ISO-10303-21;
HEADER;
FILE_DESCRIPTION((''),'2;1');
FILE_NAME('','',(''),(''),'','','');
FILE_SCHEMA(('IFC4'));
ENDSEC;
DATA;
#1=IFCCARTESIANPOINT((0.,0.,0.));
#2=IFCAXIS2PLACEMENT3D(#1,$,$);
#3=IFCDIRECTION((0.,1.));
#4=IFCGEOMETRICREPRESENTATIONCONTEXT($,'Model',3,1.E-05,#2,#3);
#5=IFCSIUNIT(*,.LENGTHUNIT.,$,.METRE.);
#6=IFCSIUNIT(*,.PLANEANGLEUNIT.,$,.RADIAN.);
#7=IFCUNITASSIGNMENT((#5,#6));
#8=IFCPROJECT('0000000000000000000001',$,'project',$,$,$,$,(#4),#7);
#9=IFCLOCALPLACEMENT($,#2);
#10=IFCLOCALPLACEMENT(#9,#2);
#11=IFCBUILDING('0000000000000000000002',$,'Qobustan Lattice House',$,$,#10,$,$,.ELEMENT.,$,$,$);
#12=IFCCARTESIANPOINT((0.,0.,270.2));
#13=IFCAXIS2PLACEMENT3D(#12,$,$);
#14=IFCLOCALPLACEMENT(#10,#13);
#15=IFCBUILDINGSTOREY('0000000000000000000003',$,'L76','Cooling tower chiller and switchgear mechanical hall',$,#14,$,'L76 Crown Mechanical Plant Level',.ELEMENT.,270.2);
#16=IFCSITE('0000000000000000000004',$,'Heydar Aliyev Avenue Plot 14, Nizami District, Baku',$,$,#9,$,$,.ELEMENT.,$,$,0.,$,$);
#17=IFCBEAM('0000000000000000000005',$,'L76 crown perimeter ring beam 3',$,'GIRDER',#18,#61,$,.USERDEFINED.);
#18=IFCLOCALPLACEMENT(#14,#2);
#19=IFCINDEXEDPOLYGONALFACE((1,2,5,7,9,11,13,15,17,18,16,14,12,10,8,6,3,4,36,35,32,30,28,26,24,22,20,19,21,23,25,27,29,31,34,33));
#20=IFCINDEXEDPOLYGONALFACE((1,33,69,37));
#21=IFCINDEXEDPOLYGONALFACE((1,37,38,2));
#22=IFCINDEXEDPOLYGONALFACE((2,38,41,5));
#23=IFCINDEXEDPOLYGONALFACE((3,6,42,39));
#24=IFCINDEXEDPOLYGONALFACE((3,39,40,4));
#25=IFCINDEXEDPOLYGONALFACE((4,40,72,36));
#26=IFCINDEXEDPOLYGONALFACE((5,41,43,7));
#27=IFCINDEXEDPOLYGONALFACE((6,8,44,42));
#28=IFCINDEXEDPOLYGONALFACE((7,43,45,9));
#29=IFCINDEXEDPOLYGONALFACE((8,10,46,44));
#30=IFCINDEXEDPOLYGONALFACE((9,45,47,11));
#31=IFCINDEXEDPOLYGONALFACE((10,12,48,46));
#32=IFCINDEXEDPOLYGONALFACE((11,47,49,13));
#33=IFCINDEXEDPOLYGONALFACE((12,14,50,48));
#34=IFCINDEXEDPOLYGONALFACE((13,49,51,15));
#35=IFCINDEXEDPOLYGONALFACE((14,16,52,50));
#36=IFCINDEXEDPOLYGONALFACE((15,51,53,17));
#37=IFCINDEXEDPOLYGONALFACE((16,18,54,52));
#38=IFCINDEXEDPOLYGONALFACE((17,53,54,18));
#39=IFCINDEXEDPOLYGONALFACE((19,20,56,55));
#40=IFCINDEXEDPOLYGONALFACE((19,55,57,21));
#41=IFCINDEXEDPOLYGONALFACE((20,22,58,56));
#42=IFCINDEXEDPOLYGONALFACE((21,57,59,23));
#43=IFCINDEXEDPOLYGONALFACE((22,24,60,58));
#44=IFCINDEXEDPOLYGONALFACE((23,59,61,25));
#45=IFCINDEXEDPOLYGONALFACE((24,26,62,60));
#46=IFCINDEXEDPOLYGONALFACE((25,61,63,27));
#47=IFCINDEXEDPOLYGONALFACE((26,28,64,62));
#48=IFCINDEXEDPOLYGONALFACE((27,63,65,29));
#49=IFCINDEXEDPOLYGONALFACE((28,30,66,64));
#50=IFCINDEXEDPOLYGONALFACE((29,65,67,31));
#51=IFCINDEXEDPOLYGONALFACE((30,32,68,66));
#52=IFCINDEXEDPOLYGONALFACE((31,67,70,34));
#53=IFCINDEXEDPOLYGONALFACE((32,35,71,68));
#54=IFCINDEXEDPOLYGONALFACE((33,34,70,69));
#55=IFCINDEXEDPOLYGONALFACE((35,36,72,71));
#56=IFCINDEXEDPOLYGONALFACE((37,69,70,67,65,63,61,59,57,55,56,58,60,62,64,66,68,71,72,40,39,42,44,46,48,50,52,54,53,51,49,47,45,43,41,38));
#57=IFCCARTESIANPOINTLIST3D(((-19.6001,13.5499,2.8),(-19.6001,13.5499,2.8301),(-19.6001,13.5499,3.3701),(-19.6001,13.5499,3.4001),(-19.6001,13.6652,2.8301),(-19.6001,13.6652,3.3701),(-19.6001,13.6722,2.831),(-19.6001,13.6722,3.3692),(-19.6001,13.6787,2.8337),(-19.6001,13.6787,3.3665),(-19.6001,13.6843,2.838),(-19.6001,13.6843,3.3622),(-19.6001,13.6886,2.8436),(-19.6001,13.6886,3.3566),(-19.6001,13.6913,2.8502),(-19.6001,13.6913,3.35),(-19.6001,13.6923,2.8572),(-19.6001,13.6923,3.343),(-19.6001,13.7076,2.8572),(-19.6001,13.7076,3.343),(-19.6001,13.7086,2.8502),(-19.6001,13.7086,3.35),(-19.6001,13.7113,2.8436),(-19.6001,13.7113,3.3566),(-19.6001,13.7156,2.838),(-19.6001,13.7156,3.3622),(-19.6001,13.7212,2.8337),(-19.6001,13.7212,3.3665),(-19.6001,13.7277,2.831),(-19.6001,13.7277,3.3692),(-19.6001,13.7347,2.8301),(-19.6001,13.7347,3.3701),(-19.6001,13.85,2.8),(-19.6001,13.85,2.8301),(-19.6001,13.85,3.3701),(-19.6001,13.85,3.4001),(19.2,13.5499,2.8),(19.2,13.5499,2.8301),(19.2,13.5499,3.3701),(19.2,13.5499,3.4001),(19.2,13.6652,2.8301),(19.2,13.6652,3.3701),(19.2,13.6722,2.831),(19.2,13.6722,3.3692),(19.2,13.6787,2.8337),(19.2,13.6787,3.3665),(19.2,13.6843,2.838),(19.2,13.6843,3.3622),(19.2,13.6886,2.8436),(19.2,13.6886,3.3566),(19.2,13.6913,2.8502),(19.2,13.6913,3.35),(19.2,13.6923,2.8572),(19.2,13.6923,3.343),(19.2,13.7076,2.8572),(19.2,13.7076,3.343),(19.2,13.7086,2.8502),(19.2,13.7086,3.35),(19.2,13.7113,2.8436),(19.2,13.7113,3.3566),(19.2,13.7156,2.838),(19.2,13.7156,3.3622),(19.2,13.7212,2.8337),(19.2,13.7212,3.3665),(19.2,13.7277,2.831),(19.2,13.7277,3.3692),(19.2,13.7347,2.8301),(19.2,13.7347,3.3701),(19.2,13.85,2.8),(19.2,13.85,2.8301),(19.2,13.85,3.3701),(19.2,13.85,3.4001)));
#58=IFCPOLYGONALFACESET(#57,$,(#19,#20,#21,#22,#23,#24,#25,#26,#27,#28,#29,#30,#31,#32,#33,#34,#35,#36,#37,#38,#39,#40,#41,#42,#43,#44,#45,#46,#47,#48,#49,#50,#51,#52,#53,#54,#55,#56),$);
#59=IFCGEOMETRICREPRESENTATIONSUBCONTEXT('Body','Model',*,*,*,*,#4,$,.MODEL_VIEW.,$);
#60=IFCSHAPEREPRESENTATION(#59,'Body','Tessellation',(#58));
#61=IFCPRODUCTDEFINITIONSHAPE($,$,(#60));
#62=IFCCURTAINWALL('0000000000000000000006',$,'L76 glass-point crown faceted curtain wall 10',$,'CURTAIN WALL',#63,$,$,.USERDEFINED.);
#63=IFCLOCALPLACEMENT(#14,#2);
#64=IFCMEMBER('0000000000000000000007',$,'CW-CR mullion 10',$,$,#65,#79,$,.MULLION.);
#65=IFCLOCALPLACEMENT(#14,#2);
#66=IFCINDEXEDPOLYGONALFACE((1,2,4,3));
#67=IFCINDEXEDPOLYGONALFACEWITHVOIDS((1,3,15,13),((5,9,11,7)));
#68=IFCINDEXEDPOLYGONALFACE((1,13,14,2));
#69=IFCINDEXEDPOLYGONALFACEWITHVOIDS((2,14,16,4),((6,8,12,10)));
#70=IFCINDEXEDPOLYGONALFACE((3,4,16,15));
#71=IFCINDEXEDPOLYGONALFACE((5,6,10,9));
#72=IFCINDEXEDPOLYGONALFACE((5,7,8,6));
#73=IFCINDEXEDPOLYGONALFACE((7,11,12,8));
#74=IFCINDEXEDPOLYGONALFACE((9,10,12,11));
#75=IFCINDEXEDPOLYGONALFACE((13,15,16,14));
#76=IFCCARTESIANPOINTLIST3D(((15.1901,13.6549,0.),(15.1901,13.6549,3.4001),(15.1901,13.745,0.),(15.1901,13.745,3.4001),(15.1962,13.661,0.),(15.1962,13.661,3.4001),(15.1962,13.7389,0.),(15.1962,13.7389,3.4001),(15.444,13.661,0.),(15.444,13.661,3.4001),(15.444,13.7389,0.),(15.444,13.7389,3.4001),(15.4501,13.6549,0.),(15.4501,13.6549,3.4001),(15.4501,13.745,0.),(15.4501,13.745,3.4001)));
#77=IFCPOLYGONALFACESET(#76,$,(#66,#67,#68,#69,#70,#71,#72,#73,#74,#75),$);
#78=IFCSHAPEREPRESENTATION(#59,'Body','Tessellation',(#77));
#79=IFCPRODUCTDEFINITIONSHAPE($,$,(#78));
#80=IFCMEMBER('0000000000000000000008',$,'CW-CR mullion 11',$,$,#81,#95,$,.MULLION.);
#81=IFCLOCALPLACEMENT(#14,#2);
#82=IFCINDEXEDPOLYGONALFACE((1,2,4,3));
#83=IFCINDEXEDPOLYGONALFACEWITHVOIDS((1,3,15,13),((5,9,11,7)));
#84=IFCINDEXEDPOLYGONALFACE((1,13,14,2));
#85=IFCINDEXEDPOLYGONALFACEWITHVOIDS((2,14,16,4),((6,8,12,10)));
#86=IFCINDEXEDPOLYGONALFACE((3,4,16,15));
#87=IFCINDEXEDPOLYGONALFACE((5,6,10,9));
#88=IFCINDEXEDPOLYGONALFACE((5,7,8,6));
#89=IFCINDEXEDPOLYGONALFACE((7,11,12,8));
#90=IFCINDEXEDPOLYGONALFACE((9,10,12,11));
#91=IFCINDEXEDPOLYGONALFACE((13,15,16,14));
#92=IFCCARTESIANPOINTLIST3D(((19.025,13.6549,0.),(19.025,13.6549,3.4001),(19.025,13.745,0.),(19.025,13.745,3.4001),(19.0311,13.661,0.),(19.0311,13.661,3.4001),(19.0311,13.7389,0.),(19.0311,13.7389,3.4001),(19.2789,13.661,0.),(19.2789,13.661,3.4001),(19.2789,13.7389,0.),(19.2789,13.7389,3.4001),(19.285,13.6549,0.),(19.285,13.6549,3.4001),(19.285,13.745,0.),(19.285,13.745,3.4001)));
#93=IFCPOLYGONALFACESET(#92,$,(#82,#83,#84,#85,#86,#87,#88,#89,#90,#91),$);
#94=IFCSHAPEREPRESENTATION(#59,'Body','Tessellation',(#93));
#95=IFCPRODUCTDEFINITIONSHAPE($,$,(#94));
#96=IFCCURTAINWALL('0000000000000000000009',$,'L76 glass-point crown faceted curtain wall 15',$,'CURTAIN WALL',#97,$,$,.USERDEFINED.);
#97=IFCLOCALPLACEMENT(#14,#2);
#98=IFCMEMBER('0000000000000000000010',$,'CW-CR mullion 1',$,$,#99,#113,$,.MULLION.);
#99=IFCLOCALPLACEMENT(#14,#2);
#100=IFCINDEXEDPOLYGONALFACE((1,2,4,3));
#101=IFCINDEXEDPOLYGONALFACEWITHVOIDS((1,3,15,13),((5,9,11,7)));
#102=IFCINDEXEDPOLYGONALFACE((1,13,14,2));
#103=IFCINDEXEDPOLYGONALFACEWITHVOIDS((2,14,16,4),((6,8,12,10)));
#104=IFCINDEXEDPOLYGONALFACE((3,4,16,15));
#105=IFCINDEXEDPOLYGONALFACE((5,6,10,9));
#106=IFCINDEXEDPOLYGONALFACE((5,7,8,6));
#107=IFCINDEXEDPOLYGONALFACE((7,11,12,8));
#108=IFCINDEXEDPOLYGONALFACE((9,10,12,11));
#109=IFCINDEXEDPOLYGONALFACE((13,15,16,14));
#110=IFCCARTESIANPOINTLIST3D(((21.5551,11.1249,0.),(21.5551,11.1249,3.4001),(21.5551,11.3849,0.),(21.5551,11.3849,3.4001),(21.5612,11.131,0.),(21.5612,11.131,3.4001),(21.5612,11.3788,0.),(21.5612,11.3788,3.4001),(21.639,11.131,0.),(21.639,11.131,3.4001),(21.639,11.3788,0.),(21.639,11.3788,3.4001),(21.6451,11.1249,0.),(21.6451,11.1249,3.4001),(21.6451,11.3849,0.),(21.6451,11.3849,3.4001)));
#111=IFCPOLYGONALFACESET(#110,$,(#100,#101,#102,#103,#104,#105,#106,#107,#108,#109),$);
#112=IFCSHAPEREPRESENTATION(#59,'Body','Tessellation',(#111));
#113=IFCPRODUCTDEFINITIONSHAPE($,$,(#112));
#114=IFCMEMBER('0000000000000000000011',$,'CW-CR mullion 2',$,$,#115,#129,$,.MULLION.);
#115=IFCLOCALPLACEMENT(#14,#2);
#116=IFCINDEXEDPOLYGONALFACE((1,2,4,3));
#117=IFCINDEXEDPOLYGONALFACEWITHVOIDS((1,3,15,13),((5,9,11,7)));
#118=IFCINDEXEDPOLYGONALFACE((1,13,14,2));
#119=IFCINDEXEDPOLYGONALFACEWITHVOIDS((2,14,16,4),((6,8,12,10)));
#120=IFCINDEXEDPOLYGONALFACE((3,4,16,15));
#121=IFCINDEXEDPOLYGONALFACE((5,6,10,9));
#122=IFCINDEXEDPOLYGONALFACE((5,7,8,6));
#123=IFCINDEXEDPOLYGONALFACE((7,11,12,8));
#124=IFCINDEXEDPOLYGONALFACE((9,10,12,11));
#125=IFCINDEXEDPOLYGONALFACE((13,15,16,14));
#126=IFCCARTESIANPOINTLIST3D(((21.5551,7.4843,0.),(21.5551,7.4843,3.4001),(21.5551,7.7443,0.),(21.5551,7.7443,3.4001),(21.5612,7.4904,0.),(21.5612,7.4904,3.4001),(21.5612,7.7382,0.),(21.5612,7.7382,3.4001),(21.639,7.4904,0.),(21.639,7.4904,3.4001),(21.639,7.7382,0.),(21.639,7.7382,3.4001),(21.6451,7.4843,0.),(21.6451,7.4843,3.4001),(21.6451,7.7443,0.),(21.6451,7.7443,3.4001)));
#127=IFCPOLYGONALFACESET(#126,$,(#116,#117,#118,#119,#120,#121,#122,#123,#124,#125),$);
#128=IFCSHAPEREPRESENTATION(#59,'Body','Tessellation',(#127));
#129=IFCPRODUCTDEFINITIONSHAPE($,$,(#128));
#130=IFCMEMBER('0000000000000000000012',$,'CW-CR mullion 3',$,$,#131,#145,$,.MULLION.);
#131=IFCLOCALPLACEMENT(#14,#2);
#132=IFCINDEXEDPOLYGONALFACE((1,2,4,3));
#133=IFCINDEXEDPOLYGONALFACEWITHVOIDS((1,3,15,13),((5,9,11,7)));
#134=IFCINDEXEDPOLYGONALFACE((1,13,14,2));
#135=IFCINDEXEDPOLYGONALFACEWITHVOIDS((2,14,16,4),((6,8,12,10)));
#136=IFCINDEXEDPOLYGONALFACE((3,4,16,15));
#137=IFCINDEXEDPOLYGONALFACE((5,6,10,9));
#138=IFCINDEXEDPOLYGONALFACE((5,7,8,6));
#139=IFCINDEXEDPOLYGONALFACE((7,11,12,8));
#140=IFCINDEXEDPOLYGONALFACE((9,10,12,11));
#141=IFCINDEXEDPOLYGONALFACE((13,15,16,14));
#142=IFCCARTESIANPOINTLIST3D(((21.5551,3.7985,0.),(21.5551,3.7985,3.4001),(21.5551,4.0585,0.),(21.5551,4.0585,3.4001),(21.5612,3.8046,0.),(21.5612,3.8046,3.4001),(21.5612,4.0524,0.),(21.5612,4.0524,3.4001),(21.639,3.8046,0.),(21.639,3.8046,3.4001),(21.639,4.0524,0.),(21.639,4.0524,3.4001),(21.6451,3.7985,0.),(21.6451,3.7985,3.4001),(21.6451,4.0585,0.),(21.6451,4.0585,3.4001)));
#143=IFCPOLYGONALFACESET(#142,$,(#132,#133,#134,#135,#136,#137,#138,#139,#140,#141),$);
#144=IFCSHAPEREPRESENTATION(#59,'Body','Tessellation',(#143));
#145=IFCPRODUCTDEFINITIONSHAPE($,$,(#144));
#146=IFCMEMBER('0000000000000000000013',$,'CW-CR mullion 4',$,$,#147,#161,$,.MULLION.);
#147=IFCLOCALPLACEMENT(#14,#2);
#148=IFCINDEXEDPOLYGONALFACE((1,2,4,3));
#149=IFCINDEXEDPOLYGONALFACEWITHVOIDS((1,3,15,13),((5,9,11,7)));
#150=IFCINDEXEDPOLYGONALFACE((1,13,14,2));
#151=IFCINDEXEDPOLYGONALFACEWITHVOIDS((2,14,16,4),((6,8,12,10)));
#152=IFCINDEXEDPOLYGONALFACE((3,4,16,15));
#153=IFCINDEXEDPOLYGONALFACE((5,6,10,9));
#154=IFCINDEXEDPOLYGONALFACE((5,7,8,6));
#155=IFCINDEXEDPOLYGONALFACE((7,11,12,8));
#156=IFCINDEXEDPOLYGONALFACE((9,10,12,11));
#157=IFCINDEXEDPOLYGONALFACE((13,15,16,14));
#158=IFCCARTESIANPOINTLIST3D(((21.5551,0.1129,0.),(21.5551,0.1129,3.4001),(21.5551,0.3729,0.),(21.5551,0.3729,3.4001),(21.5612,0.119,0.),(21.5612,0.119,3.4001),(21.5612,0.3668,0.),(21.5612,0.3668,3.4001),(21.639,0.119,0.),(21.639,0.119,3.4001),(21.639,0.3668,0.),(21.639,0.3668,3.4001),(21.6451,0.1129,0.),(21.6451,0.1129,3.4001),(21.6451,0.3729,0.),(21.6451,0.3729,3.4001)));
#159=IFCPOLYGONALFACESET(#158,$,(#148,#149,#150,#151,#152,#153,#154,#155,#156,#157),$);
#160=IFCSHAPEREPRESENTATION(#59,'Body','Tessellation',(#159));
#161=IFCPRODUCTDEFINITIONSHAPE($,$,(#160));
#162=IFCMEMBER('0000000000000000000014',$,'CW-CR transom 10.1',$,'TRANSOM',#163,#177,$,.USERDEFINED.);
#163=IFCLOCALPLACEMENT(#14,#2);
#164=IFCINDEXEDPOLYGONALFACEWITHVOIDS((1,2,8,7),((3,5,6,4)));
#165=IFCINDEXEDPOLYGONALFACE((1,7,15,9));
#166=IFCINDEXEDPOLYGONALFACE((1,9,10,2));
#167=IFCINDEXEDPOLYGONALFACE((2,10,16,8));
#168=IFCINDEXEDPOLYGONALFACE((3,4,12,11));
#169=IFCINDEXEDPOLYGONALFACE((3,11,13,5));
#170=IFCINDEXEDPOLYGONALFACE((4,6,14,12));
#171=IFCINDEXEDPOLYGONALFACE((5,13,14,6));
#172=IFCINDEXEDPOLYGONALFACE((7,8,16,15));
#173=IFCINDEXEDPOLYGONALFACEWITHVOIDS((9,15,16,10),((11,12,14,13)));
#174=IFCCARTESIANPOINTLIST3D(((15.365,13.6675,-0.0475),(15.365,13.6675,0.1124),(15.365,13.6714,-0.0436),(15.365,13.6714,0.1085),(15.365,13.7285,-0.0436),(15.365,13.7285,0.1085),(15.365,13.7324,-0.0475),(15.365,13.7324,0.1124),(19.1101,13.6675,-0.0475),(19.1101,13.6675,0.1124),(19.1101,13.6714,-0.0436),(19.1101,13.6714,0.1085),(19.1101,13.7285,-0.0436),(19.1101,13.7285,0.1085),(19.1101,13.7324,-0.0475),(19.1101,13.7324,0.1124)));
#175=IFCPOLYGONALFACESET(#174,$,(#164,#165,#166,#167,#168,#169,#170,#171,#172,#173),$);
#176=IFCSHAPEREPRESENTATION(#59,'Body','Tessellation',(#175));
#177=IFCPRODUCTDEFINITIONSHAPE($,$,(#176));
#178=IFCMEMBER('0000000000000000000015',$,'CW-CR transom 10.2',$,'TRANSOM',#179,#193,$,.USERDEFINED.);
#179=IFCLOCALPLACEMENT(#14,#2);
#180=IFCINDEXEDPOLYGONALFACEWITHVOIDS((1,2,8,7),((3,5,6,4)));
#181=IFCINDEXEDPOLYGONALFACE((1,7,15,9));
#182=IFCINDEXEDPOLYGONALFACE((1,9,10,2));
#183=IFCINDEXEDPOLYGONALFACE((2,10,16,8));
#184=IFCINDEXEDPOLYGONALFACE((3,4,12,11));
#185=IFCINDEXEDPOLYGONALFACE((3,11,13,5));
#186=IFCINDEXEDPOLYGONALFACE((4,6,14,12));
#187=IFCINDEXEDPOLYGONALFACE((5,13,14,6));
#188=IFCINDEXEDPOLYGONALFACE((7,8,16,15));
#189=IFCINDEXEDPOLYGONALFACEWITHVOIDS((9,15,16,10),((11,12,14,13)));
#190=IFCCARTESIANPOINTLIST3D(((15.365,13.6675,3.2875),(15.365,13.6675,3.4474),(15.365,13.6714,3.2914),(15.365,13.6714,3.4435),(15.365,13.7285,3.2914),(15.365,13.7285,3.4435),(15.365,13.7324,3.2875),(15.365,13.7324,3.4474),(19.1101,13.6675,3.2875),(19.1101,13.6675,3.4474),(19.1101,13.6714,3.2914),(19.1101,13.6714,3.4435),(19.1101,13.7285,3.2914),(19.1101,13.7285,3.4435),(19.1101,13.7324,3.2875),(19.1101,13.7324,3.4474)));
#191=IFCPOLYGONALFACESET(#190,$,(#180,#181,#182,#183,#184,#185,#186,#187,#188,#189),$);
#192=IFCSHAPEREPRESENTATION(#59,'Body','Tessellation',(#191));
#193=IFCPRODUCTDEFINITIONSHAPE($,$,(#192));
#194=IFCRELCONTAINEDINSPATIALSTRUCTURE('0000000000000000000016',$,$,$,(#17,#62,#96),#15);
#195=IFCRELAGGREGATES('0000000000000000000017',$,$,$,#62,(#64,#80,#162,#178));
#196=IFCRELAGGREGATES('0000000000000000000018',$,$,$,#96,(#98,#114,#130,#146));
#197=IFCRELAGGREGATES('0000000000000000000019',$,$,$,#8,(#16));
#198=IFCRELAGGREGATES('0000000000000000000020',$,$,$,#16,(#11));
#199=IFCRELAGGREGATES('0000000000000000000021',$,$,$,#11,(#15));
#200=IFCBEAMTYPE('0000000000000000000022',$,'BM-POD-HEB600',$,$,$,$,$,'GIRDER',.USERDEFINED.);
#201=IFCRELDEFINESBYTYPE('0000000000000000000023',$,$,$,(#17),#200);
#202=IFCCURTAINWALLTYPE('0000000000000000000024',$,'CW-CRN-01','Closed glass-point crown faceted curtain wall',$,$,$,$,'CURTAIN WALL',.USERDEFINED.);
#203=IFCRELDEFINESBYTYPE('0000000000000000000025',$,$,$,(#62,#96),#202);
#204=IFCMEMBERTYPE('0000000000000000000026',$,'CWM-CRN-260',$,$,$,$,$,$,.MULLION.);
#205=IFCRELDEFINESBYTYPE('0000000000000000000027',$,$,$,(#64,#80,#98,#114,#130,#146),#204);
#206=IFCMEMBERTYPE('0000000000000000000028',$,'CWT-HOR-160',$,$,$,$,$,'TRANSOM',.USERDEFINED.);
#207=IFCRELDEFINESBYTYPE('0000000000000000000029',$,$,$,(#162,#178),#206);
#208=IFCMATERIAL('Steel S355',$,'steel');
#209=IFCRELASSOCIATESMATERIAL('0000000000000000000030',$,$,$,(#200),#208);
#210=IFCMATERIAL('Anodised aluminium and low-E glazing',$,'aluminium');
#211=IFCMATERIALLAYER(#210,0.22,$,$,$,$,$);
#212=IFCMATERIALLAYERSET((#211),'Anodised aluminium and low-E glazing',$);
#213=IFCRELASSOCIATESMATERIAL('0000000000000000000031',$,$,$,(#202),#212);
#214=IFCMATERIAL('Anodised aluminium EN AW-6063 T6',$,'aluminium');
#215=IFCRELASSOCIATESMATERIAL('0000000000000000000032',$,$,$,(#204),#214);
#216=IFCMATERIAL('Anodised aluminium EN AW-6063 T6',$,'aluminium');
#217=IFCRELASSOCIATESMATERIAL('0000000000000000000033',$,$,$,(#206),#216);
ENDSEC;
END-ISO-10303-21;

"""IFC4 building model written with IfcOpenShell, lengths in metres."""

from ifc_helpers import new_model, si_unit, direction, frame, origin, origin_2d, place, context, subcontext, project, spatial, hollow_rectangle, i_section, extrude, material, layer, layer_set, material_profile, profile_set, type_object, element, aggregate, save


model = new_model("IFC4")

# Units and contexts
model_context = context("Model", 3, precision=1e-05, world=origin(), true_north=direction((0.0, 1.0)))
body_context = subcontext(model_context, "Body", "Model", "MODEL_VIEW")
ifc_project = project(units=[si_unit("LENGTHUNIT", "METRE"), si_unit("PLANEANGLEUNIT", "RADIAN")], contexts=[model_context])

# Site, building, storey
site_placement = place(None, origin())
site = spatial("IfcSite", under=ifc_project, at=site_placement, Name="Heydar Aliyev Avenue Plot 14, Nizami District, Baku", CompositionType="ELEMENT", RefElevation=0.0)
building_placement = place(site_placement, origin())
building = spatial("IfcBuilding", under=site, at=building_placement, Name="Qobustan Lattice House", CompositionType="ELEMENT")
storey_placement = place(building_placement, frame((0.0, 0.0, 270.2)))
storey = spatial("IfcBuildingStorey", under=building, at=storey_placement, Name="L76", Description="Cooling tower chiller and switchgear mechanical hall", LongName="L76 Crown Mechanical Plant Level", CompositionType="ELEMENT", Elevation=270.2)

# Beam
ifc_material_1 = material(Name="Steel S355", Category="steel")
ifc_material_profile_1 = material_profile(ifc_material_1, i_section(OverallWidth=0.3, OverallDepth=0.6001, WebThickness=0.0154, FlangeThickness=0.03, FilletRadius=0.0271, at=origin_2d()), Name="HEB600")
ifc_profile_set_1 = profile_set([ifc_material_profile_1], Name="Steel S355")
beam_type = type_object("IfcBeamType", Name="BM-POD-HEB600", ElementType="GIRDER", PredefinedType="USERDEFINED", material=ifc_profile_set_1)
beam_placement = place(storey_placement, frame((19.2, 13.7, 3.1001), z_axis=(-1.0, 0.0, 0.0), x_axis=(0.0, -1.0, 0.0)))
element("IfcBeam", 1, at=beam_placement, inside=storey, type_object=beam_type, Name="L76 crown perimeter ring beam 3", ObjectType="GIRDER", PredefinedType="USERDEFINED", context=body_context, shape_type="SweptSolid", body=[
    extrude(i_section(OverallWidth=0.3, OverallDepth=0.6001, WebThickness=0.0154, FlangeThickness=0.03, FilletRadius=0.0271, at=origin_2d()), origin(), (0.0, 0.0, 1.0), 38.8),
])

# Curtain walls, members
ifc_material_2 = material(Name="Anodised aluminium and low-E glazing", Category="aluminium")
ifc_layer_1 = layer(ifc_material_2, 0.22)
ifc_layer_set_1 = layer_set([ifc_layer_1], Name="Anodised aluminium and low-E glazing")
curtain_wall_type = type_object("IfcCurtainWallType", Name="CW-CRN-01", Description="Closed glass-point crown faceted curtain wall", ElementType="CURTAIN WALL", PredefinedType="USERDEFINED", material=ifc_layer_set_1)
curtain_wall_1_placement = place(storey_placement, origin())
curtain_wall_1 = element("IfcCurtainWall", 2, at=curtain_wall_1_placement, inside=storey, type_object=curtain_wall_type, Name="L76 glass-point crown faceted curtain wall 10", ObjectType="CURTAIN WALL", PredefinedType="USERDEFINED")
ifc_material_3 = material(Name="Anodised aluminium EN AW-6063 T6", Category="aluminium")
ifc_material_profile_2 = material_profile(ifc_material_3, hollow_rectangle(XDim=0.0901, YDim=0.26, WallThickness=0.0061, at=origin_2d()), Name="CWM-CROWN-260x90")
ifc_profile_set_2 = profile_set([ifc_material_profile_2], Name="Anodised aluminium EN AW-6063 T6")
member_type_1 = type_object("IfcMemberType", Name="CWM-CRN-260", PredefinedType="MULLION", material=ifc_profile_set_2)
member_1_placement = place(storey_placement, frame((15.3201, 13.7, 0.0), z_axis=(0.0, 0.0, 1.0), x_axis=(0.0, 1.0, 0.0)))
member_1 = element("IfcMember", 3, at=member_1_placement, type_object=member_type_1, Name="CW-CR mullion 10", PredefinedType="MULLION", context=body_context, shape_type="SweptSolid", body=[
    extrude(hollow_rectangle(XDim=0.0901, YDim=0.26, WallThickness=0.0061, at=origin_2d()), origin(), (0.0, 0.0, 1.0), 3.4001),
])
member_2_placement = place(storey_placement, frame((19.155, 13.7, 0.0), z_axis=(0.0, 0.0, 1.0), x_axis=(0.0, 1.0, 0.0)))
member_2 = element("IfcMember", 4, at=member_2_placement, type_object=member_type_1, Name="CW-CR mullion 11", PredefinedType="MULLION", context=body_context, shape_type="SweptSolid", body=[
    extrude(hollow_rectangle(XDim=0.0901, YDim=0.26, WallThickness=0.0061, at=origin_2d()), origin(), (0.0, 0.0, 1.0), 3.4001),
])
curtain_wall_2_placement = place(storey_placement, origin())
curtain_wall_2 = element("IfcCurtainWall", 5, at=curtain_wall_2_placement, inside=storey, type_object=curtain_wall_type, Name="L76 glass-point crown faceted curtain wall 15", ObjectType="CURTAIN WALL", PredefinedType="USERDEFINED")
member_3_placement = place(storey_placement, frame((21.6001, 11.2549, 0.0), z_axis=(0.0, 0.0, 1.0), x_axis=(1.0, 0.0, 0.0)))
member_3 = element("IfcMember", 6, at=member_3_placement, type_object=member_type_1, Name="CW-CR mullion 1", PredefinedType="MULLION", context=body_context, shape_type="SweptSolid", body=[
    extrude(hollow_rectangle(XDim=0.0901, YDim=0.26, WallThickness=0.0061, at=origin_2d()), origin(), (0.0, 0.0, 1.0), 3.4001),
])
member_4_placement = place(storey_placement, frame((21.6001, 7.6143, 0.0), z_axis=(0.0, 0.0, 1.0), x_axis=(1.0, 0.0, 0.0)))
member_4 = element("IfcMember", 7, at=member_4_placement, type_object=member_type_1, Name="CW-CR mullion 2", PredefinedType="MULLION", context=body_context, shape_type="SweptSolid", body=[
    extrude(hollow_rectangle(XDim=0.0901, YDim=0.26, WallThickness=0.0061, at=origin_2d()), origin(), (0.0, 0.0, 1.0), 3.4001),
])
member_5_placement = place(storey_placement, frame((21.6001, 3.9285, 0.0), z_axis=(0.0, 0.0, 1.0), x_axis=(1.0, 0.0, 0.0)))
member_5 = element("IfcMember", 8, at=member_5_placement, type_object=member_type_1, Name="CW-CR mullion 3", PredefinedType="MULLION", context=body_context, shape_type="SweptSolid", body=[
    extrude(hollow_rectangle(XDim=0.0901, YDim=0.26, WallThickness=0.0061, at=origin_2d()), origin(), (0.0, 0.0, 1.0), 3.4001),
])
member_6_placement = place(storey_placement, frame((21.6001, 0.2429, 0.0), z_axis=(0.0, 0.0, 1.0), x_axis=(1.0, 0.0, 0.0)))
member_6 = element("IfcMember", 9, at=member_6_placement, type_object=member_type_1, Name="CW-CR mullion 4", PredefinedType="MULLION", context=body_context, shape_type="SweptSolid", body=[
    extrude(hollow_rectangle(XDim=0.0901, YDim=0.26, WallThickness=0.0061, at=origin_2d()), origin(), (0.0, 0.0, 1.0), 3.4001),
])

# Members
ifc_material_4 = material(Name="Anodised aluminium EN AW-6063 T6", Category="aluminium")
ifc_material_profile_3 = material_profile(ifc_material_4, hollow_rectangle(XDim=0.0649, YDim=0.1599, WallThickness=0.0039, at=origin_2d()), Name="CWT-160x65")
ifc_profile_set_3 = profile_set([ifc_material_profile_3], Name="Anodised aluminium EN AW-6063 T6")
member_type_2 = type_object("IfcMemberType", Name="CWT-HOR-160", ElementType="TRANSOM", PredefinedType="USERDEFINED", material=ifc_profile_set_3)
member_7_placement = place(storey_placement, frame((15.365, 13.7, 0.0325), z_axis=(1.0, 0.0, 0.0), x_axis=(0.0, 1.0, 0.0)))
member_7 = element("IfcMember", 10, at=member_7_placement, type_object=member_type_2, Name="CW-CR transom 10.1", ObjectType="TRANSOM", PredefinedType="USERDEFINED", context=body_context, shape_type="SweptSolid", body=[
    extrude(hollow_rectangle(XDim=0.0649, YDim=0.1599, WallThickness=0.0039, at=origin_2d()), origin(), (0.0, 0.0, 1.0), 3.7451),
])
member_8_placement = place(storey_placement, frame((15.365, 13.7, 3.3674), z_axis=(1.0, 0.0, 0.0), x_axis=(0.0, 1.0, 0.0)))
member_8 = element("IfcMember", 11, at=member_8_placement, type_object=member_type_2, Name="CW-CR transom 10.2", ObjectType="TRANSOM", PredefinedType="USERDEFINED", context=body_context, shape_type="SweptSolid", body=[
    extrude(hollow_rectangle(XDim=0.0649, YDim=0.1599, WallThickness=0.0039, at=origin_2d()), origin(), (0.0, 0.0, 1.0), 3.7451),
])

aggregate(curtain_wall_1, [member_1, member_2, member_7, member_8])
aggregate(curtain_wall_2, [member_3, member_4, member_5, member_6])

save(model, "model.ifc")
